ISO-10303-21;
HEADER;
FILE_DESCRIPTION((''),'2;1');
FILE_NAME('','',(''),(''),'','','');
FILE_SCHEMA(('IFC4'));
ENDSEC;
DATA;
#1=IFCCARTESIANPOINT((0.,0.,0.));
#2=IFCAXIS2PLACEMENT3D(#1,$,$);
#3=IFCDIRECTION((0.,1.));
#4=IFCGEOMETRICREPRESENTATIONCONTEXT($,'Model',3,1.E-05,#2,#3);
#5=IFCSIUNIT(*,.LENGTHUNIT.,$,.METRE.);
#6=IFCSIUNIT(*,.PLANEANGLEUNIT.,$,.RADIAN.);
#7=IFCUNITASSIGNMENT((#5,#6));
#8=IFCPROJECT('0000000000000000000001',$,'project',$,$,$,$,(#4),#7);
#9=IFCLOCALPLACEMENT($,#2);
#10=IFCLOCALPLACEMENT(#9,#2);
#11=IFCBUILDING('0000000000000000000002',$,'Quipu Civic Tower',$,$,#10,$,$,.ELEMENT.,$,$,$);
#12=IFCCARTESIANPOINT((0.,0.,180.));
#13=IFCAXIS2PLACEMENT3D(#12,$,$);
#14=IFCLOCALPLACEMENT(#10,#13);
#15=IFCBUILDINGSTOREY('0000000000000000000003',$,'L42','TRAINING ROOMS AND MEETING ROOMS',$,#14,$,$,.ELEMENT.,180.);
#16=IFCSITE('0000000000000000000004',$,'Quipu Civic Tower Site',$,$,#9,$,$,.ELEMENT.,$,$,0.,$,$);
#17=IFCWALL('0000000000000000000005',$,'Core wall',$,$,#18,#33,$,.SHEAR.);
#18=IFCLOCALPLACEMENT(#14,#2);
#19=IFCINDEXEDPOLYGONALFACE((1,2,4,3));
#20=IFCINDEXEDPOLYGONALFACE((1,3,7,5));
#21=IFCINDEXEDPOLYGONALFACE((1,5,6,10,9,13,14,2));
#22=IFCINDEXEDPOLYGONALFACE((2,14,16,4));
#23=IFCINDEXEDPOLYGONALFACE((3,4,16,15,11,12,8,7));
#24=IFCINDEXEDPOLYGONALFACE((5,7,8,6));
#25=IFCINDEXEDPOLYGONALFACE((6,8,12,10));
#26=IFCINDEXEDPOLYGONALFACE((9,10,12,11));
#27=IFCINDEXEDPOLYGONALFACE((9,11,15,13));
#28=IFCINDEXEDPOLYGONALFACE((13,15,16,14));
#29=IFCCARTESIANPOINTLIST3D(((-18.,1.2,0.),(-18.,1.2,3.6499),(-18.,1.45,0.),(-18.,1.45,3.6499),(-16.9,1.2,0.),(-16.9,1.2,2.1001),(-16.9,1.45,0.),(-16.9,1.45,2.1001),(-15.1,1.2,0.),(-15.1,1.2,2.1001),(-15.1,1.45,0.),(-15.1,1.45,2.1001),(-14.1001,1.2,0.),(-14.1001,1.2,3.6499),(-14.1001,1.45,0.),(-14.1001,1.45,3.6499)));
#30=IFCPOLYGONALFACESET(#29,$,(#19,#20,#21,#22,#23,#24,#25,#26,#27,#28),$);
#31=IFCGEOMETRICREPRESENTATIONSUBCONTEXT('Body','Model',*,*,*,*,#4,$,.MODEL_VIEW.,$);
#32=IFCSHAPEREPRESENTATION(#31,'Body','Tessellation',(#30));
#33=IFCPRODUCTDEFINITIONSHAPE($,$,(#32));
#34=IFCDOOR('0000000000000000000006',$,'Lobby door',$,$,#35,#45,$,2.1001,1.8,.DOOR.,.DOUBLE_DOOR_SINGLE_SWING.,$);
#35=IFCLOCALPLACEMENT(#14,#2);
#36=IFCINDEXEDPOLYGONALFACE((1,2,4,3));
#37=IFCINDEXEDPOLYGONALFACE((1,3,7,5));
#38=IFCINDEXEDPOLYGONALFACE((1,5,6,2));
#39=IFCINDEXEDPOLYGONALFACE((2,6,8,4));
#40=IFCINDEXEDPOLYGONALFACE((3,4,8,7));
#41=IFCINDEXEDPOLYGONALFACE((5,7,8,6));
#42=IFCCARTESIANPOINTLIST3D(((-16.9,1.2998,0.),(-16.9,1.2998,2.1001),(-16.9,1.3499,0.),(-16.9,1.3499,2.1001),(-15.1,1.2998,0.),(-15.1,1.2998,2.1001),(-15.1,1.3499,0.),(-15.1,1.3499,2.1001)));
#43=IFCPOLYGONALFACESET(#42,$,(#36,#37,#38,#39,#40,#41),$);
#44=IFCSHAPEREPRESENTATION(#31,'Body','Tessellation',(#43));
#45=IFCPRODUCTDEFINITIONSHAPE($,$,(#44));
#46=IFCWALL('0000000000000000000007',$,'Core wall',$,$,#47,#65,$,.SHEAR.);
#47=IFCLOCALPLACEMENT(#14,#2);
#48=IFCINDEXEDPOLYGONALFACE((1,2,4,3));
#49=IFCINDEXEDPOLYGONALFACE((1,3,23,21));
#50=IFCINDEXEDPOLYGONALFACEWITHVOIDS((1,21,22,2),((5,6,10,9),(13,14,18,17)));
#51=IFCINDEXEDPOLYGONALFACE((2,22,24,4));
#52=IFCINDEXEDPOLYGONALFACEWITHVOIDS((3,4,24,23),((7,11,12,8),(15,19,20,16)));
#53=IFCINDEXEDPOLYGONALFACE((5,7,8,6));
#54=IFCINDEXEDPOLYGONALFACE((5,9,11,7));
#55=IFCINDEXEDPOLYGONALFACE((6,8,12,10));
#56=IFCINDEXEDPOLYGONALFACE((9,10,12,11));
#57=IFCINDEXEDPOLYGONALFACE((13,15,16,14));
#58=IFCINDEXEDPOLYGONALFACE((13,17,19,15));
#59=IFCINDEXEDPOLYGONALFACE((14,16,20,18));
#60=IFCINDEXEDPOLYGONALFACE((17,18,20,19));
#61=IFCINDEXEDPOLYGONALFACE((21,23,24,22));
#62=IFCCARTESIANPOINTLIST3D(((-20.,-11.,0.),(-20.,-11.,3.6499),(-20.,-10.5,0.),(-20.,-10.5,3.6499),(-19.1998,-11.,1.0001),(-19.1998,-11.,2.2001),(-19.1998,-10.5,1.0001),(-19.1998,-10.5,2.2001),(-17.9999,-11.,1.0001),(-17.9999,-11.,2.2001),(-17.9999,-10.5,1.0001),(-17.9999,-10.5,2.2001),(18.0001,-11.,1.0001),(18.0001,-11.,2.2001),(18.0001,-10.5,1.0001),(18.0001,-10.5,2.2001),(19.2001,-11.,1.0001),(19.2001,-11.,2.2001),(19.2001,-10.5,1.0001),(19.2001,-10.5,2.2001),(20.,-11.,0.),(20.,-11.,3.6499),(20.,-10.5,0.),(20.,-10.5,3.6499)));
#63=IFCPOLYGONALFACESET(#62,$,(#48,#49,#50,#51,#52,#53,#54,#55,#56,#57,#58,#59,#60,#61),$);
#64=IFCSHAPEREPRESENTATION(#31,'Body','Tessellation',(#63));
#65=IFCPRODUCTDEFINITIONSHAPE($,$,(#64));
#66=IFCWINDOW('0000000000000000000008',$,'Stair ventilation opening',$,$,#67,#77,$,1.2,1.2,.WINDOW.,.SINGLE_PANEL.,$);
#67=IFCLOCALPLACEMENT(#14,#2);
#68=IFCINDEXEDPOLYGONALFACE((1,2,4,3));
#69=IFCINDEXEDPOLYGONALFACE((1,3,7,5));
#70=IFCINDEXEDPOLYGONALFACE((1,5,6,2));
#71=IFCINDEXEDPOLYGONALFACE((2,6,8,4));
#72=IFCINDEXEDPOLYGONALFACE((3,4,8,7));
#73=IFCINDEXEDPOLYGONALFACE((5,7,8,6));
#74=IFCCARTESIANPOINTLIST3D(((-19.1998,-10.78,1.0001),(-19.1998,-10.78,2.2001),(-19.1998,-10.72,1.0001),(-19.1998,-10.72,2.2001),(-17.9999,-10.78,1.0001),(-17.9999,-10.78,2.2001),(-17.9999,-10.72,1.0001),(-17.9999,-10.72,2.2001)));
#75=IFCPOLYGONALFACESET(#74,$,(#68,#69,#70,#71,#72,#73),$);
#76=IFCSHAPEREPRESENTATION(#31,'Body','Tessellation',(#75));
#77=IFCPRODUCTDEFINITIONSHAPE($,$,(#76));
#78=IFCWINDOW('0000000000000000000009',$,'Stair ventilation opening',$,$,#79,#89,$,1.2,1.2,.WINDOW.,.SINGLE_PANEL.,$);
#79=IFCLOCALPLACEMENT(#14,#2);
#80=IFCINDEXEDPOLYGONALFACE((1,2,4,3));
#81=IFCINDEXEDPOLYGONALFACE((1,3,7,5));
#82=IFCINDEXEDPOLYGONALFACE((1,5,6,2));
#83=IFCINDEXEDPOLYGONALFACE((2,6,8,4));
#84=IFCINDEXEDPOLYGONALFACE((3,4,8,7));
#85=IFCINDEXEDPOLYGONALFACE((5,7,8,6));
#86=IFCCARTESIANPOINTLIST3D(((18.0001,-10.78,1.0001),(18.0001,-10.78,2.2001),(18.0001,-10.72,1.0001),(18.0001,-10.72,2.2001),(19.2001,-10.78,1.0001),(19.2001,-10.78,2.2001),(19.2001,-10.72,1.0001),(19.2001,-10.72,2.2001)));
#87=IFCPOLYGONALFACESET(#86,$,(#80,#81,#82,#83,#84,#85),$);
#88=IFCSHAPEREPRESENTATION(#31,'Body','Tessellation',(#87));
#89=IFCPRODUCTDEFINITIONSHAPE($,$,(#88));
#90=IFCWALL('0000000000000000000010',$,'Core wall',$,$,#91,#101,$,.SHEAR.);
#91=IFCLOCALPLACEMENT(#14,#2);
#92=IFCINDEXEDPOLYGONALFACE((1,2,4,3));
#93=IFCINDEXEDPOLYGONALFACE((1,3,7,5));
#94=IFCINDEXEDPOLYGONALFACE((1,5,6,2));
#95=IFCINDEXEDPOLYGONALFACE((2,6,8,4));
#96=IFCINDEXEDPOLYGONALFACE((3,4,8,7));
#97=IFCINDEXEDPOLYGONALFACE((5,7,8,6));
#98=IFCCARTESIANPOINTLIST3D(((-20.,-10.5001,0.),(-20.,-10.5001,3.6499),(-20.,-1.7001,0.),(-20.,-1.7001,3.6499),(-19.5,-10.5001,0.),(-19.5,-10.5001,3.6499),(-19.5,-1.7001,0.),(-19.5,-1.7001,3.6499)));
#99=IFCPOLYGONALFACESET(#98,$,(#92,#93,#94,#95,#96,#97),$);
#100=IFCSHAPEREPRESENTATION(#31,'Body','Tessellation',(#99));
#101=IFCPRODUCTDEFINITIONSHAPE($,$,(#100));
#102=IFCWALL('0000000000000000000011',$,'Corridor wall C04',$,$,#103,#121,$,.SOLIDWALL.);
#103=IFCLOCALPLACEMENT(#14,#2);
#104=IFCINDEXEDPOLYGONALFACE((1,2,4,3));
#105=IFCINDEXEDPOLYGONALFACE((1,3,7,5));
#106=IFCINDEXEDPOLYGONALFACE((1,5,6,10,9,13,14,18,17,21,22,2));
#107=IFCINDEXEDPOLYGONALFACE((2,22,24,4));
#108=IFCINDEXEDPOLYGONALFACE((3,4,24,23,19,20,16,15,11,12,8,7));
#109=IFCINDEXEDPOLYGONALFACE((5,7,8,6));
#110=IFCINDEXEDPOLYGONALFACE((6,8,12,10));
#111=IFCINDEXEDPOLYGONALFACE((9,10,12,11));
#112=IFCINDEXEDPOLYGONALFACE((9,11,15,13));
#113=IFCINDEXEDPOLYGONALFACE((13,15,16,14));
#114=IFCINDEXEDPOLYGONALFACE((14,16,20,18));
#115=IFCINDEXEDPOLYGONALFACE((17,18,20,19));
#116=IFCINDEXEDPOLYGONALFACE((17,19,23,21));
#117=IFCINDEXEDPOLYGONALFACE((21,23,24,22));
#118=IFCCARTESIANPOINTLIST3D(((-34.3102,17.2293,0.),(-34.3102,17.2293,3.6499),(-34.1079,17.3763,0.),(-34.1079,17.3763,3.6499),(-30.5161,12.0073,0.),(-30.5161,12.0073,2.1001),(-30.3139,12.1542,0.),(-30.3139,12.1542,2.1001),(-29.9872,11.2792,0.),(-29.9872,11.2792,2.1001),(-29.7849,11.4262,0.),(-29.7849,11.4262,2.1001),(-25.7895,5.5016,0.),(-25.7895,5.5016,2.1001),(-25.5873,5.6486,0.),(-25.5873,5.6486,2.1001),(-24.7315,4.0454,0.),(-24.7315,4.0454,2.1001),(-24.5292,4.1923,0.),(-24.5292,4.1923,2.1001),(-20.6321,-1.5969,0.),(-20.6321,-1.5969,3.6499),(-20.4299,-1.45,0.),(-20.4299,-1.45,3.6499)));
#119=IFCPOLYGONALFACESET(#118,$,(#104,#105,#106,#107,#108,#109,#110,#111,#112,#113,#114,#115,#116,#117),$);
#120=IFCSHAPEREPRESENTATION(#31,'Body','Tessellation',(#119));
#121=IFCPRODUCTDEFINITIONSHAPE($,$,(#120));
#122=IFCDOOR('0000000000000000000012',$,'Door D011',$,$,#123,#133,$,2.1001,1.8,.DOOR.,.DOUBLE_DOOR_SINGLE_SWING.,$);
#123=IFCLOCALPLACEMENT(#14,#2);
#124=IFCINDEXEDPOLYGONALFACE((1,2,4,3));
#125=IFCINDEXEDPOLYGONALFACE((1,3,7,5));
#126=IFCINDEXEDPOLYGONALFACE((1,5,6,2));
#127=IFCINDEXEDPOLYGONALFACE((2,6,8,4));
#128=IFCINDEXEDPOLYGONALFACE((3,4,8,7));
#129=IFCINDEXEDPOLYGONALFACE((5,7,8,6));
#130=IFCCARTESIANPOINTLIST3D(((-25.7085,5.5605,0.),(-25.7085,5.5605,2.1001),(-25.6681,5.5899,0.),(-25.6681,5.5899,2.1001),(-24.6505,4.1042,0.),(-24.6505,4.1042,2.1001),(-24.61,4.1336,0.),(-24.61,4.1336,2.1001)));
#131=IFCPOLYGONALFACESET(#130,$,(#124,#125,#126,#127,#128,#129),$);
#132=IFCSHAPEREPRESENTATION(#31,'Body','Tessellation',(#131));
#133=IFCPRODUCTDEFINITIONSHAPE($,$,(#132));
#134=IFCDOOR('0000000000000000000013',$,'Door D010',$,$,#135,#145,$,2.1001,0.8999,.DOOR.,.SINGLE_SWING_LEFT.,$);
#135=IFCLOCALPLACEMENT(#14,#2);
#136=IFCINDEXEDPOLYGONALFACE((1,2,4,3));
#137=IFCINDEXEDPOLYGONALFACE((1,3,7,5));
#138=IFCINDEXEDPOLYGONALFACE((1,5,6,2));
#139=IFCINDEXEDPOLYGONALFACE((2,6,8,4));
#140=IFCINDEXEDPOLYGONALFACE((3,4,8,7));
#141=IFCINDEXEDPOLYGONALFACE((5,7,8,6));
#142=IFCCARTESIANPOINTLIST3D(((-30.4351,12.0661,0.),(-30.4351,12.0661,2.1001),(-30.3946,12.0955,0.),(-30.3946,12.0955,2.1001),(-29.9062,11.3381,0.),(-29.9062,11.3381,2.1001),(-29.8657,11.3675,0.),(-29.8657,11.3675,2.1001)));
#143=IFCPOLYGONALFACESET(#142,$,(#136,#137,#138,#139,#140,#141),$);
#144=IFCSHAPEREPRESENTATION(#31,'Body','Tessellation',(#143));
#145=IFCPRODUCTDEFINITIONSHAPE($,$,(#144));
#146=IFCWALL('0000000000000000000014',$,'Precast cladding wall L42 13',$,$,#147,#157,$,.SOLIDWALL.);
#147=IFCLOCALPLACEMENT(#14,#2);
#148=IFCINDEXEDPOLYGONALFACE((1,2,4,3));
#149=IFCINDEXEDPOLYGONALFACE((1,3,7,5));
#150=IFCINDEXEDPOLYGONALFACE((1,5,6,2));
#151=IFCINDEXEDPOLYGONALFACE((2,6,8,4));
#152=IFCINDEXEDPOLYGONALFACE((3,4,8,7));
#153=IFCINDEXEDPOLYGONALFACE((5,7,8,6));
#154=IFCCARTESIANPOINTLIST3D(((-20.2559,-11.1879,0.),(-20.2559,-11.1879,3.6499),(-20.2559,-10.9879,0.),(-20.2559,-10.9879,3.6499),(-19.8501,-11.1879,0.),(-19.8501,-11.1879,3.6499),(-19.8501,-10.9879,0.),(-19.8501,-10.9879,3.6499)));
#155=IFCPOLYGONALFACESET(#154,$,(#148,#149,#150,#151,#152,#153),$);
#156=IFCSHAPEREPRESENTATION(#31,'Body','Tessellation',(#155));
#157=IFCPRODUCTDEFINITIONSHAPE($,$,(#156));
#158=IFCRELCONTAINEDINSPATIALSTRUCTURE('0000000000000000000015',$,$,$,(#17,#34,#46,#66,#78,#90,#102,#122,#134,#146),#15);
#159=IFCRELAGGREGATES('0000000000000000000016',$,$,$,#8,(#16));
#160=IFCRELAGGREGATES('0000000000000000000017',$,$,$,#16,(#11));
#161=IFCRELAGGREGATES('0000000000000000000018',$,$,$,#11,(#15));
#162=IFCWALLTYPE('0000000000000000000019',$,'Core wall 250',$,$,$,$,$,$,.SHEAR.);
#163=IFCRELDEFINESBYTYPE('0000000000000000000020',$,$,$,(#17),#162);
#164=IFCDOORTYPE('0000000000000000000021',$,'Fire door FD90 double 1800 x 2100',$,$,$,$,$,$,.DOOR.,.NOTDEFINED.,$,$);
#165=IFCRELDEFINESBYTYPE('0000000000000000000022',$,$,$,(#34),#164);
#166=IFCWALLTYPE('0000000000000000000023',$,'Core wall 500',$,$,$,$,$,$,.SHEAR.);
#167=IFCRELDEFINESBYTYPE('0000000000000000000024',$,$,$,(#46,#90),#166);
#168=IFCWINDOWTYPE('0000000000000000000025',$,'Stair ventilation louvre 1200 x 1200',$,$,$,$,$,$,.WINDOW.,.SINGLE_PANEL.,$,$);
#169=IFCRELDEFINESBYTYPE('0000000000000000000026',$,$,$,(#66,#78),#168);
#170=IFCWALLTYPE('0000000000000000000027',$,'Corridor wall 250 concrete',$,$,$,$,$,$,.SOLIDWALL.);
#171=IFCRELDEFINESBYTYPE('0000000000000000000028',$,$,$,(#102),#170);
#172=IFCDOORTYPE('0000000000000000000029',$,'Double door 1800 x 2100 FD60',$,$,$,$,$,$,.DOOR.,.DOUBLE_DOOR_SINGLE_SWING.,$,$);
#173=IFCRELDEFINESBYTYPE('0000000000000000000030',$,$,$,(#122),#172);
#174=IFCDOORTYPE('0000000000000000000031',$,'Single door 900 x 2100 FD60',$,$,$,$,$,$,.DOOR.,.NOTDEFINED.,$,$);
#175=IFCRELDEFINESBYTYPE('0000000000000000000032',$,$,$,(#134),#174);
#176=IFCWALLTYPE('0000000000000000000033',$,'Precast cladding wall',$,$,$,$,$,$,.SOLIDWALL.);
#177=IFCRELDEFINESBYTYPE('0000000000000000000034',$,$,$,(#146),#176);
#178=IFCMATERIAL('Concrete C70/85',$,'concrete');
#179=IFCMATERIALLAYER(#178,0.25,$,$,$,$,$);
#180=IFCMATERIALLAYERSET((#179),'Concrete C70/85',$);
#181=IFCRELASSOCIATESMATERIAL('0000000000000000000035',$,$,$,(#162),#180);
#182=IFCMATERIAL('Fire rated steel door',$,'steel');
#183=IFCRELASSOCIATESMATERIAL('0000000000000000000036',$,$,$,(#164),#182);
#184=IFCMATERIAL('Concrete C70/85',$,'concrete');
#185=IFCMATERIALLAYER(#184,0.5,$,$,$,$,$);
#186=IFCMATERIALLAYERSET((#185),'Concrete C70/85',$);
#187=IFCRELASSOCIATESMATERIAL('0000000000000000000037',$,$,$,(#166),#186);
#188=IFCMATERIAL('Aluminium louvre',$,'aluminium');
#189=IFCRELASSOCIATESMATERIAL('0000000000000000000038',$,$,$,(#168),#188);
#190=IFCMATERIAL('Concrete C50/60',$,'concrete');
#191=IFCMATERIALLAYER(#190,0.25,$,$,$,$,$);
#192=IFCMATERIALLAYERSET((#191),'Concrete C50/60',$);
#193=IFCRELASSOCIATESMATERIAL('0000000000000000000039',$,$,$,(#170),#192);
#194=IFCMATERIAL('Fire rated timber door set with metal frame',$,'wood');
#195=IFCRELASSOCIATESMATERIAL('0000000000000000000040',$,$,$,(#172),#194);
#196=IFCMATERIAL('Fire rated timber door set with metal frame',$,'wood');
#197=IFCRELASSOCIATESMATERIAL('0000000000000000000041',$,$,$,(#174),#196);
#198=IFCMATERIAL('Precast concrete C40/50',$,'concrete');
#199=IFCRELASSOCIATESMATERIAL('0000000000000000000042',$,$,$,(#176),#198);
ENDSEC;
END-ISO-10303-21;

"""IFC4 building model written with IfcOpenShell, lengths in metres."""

from ifc_helpers import new_model, si_unit, direction, frame, frame_2d, origin, place, context, subcontext, project, spatial, rectangle, extrude, material, layer, layer_set, type_object, element, fill, save


model = new_model("IFC4")

# Units and contexts
model_context = context("Model", 3, precision=1e-05, world=origin(), true_north=direction((0.0, 1.0)))
body_context = subcontext(model_context, "Body", "Model", "MODEL_VIEW")
ifc_project = project(units=[si_unit("LENGTHUNIT", "METRE"), si_unit("PLANEANGLEUNIT", "RADIAN")], contexts=[model_context])

# Site, building, storey
site_placement = place(None, origin())
site = spatial("IfcSite", under=ifc_project, at=site_placement, Name="Quipu Civic Tower Site", CompositionType="ELEMENT", RefElevation=0.0)
building_placement = place(site_placement, origin())
building = spatial("IfcBuilding", under=site, at=building_placement, Name="Quipu Civic Tower", CompositionType="ELEMENT")
storey_placement = place(building_placement, frame((0.0, 0.0, 180.0)))
storey = spatial("IfcBuildingStorey", under=building, at=storey_placement, Name="L42", Description="TRAINING ROOMS AND MEETING ROOMS", CompositionType="ELEMENT", Elevation=180.0)

# Shared definitions
ifc_material_1 = material(Name="Concrete C70/85", Category="concrete")
ifc_layer_1 = layer(ifc_material_1, 0.25)
ifc_layer_set_1 = layer_set([ifc_layer_1], Name="Concrete C70/85")
wall_type_1 = type_object("IfcWallType", Name="Core wall 250", PredefinedType="SHEAR", material=ifc_layer_set_1)

# Wall, opening, door
wall_1_placement = place(storey_placement, frame((-18.0, 1.325, 0.0), z_axis=(0.0, 0.0, 1.0), x_axis=(1.0, 0.0, 0.0)))
wall_1 = element("IfcWall", 1, at=wall_1_placement, inside=storey, type_object=wall_type_1, Name="Core wall", PredefinedType="SHEAR", context=body_context, shape_type="SweptSolid", body=[
    extrude(rectangle(XDim=3.8999, YDim=0.25, at=frame_2d((1.95, 0.0))), origin(), (0.0, 0.0, 1.0), 3.6499),
])
opening_1_placement = place(wall_1_placement, frame((1.1001, 0.0, 0.0)))
opening_1 = element("IfcOpeningElement", 2, at=opening_1_placement, cuts=wall_1, PredefinedType="OPENING", context=body_context, shape_type="SweptSolid", body=[
    extrude(rectangle(XDim=1.8, YDim=2.1001, at=frame_2d((0.8999, 1.05))), frame((0.0, 0.135, 0.0), z_axis=(0.0, -1.0, 0.0), x_axis=(1.0, 0.0, 0.0)), (0.0, 0.0, 1.0), 0.27),
])
ifc_material_2 = material(Name="Fire rated steel door", Category="steel")
door_type_1 = type_object("IfcDoorType", Name="Fire door FD90 double 1800 x 2100", OperationType="NOTDEFINED", PredefinedType="DOOR", material=ifc_material_2)
door_1_placement = place(opening_1_placement, origin())
door_1 = element("IfcDoor", 3, at=door_1_placement, inside=storey, type_object=door_type_1, Name="Lobby door", OperationType="DOUBLE_DOOR_SINGLE_SWING", OverallHeight=2.1001, OverallWidth=1.8, PredefinedType="DOOR", context=body_context, shape_type="SweptSolid", body=[
    extrude(rectangle(XDim=1.8, YDim=2.1001, at=frame_2d((0.8999, 1.05))), frame((0.0, 0.0249, 0.0), z_axis=(0.0, -1.0, 0.0), x_axis=(1.0, 0.0, 0.0)), (0.0, 0.0, 1.0), 0.05),
])
fill(opening_1, door_1)

# Wall, openings, windows
ifc_material_3 = material(Name="Concrete C70/85", Category="concrete")
ifc_layer_2 = layer(ifc_material_3, 0.5)
ifc_layer_set_2 = layer_set([ifc_layer_2], Name="Concrete C70/85")
wall_type_2 = type_object("IfcWallType", Name="Core wall 500", PredefinedType="SHEAR", material=ifc_layer_set_2)
wall_2_placement = place(storey_placement, frame((-20.0, -10.75, 0.0), z_axis=(0.0, 0.0, 1.0), x_axis=(1.0, 0.0, 0.0)))
wall_2 = element("IfcWall", 4, at=wall_2_placement, inside=storey, type_object=wall_type_2, Name="Core wall", PredefinedType="SHEAR", context=body_context, shape_type="SweptSolid", body=[
    extrude(rectangle(XDim=40.0, YDim=0.5, at=frame_2d((20.0, 0.0))), origin(), (0.0, 0.0, 1.0), 3.6499),
])
opening_2_placement = place(wall_2_placement, frame((0.8, 0.0, 1.0)))
opening_2 = element("IfcOpeningElement", 5, at=opening_2_placement, cuts=wall_2, PredefinedType="OPENING", context=body_context, shape_type="SweptSolid", body=[
    extrude(rectangle(XDim=1.2, YDim=1.2, at=frame_2d((0.6001, 0.6001))), frame((0.0, 0.26, 0.0), z_axis=(0.0, -1.0, 0.0), x_axis=(1.0, 0.0, 0.0)), (0.0, 0.0, 1.0), 0.52),
])
opening_3_placement = place(wall_2_placement, frame((38.0, 0.0, 1.0)))
opening_3 = element("IfcOpeningElement", 6, at=opening_3_placement, cuts=wall_2, PredefinedType="OPENING", context=body_context, shape_type="SweptSolid", body=[
    extrude(rectangle(XDim=1.2, YDim=1.2, at=frame_2d((0.6001, 0.6001))), frame((0.0, 0.26, 0.0), z_axis=(0.0, -1.0, 0.0), x_axis=(1.0, 0.0, 0.0)), (0.0, 0.0, 1.0), 0.52),
])
ifc_material_4 = material(Name="Aluminium louvre", Category="aluminium")
window_type = type_object("IfcWindowType", Name="Stair ventilation louvre 1200 x 1200", PartitioningType="SINGLE_PANEL", PredefinedType="WINDOW", material=ifc_material_4)
window_1_placement = place(opening_2_placement, origin())
window_1 = element("IfcWindow", 7, at=window_1_placement, inside=storey, type_object=window_type, Name="Stair ventilation opening", OverallHeight=1.2, OverallWidth=1.2, PartitioningType="SINGLE_PANEL", PredefinedType="WINDOW", context=body_context, shape_type="SweptSolid", body=[
    extrude(rectangle(XDim=1.2, YDim=1.2, at=frame_2d((0.6001, 0.6001))), frame((0.0, 0.03, 0.0), z_axis=(0.0, -1.0, 0.0), x_axis=(1.0, 0.0, 0.0)), (0.0, 0.0, 1.0), 0.0601),
])
fill(opening_2, window_1)
window_2_placement = place(opening_3_placement, origin())
window_2 = element("IfcWindow", 8, at=window_2_placement, inside=storey, type_object=window_type, Name="Stair ventilation opening", OverallHeight=1.2, OverallWidth=1.2, PartitioningType="SINGLE_PANEL", PredefinedType="WINDOW", context=body_context, shape_type="SweptSolid", body=[
    extrude(rectangle(XDim=1.2, YDim=1.2, at=frame_2d((0.6001, 0.6001))), frame((0.0, 0.03, 0.0), z_axis=(0.0, -1.0, 0.0), x_axis=(1.0, 0.0, 0.0)), (0.0, 0.0, 1.0), 0.0601),
])
fill(opening_3, window_2)

# Wall
wall_3_placement = place(storey_placement, frame((-19.75, -10.5, 0.0), z_axis=(0.0, 0.0, 1.0), x_axis=(0.0, 1.0, 0.0)))
element("IfcWall", 9, at=wall_3_placement, inside=storey, type_object=wall_type_2, Name="Core wall", PredefinedType="SHEAR", context=body_context, shape_type="SweptSolid", body=[
    extrude(rectangle(XDim=8.8, YDim=0.5, at=frame_2d((4.3999, 0.0))), origin(), (0.0, 0.0, 1.0), 3.6499),
])

# Wall, openings, doors
ifc_material_5 = material(Name="Concrete C50/60", Category="concrete")
ifc_layer_3 = layer(ifc_material_5, 0.25)
ifc_layer_set_3 = layer_set([ifc_layer_3], Name="Concrete C50/60")
wall_type_3 = type_object("IfcWallType", Name="Corridor wall 250 concrete", PredefinedType="SOLIDWALL", material=ifc_layer_set_3)
wall_4_placement = place(storey_placement, frame((-20.531, -1.5234, 0.0), z_axis=(0.0, 0.0, 1.0), x_axis=(-0.587784, 0.809018, 0.0)))
wall_4 = element("IfcWall", 10, at=wall_4_placement, inside=storey, type_object=wall_type_3, Name="Corridor wall C04", PredefinedType="SOLIDWALL", context=body_context, shape_type="SweptSolid", body=[
    extrude(rectangle(XDim=23.2705, YDim=0.25, at=frame_2d((11.6353, 0.0))), origin(), (0.0, 0.0, 1.0), 3.6499),
])
opening_4_placement = place(wall_4_placement, frame((15.9158, 0.0, 0.0)))
opening_4 = element("IfcOpeningElement", 11, at=opening_4_placement, cuts=wall_4, PredefinedType="OPENING", context=body_context, shape_type="SweptSolid", body=[
    extrude(rectangle(XDim=0.8999, YDim=2.1001, at=frame_2d((0.45, 1.05))), frame((0.0, 0.135, 0.0), z_axis=(0.0, -1.0, 0.0), x_axis=(1.0, 0.0, 0.0)), (0.0, 0.0, 1.0), 0.27),
])
opening_5_placement = place(wall_4_placement, frame((6.9744, 0.0, 0.0)))
opening_5 = element("IfcOpeningElement", 12, at=opening_5_placement, cuts=wall_4, PredefinedType="OPENING", context=body_context, shape_type="SweptSolid", body=[
    extrude(rectangle(XDim=1.8, YDim=2.1001, at=frame_2d((0.8999, 1.05))), frame((0.0, 0.135, 0.0), z_axis=(0.0, -1.0, 0.0), x_axis=(1.0, 0.0, 0.0)), (0.0, 0.0, 1.0), 0.27),
])
ifc_material_6 = material(Name="Fire rated timber door set with metal frame", Category="wood")
door_type_2 = type_object("IfcDoorType", Name="Double door 1800 x 2100 FD60", OperationType="DOUBLE_DOOR_SINGLE_SWING", PredefinedType="DOOR", material=ifc_material_6)
door_2_placement = place(opening_5_placement, origin())
door_2 = element("IfcDoor", 13, at=door_2_placement, inside=storey, type_object=door_type_2, Name="Door D011", OperationType="DOUBLE_DOOR_SINGLE_SWING", OverallHeight=2.1001, OverallWidth=1.8, PredefinedType="DOOR", context=body_context, shape_type="SweptSolid", body=[
    extrude(rectangle(XDim=1.8, YDim=2.1001, at=frame_2d((0.8999, 1.05))), frame((0.0, 0.0249, 0.0), z_axis=(0.0, -1.0, 0.0), x_axis=(1.0, 0.0, 0.0)), (0.0, 0.0, 1.0), 0.05),
])
fill(opening_5, door_2)
ifc_material_7 = material(Name="Fire rated timber door set with metal frame", Category="wood")
door_type_3 = type_object("IfcDoorType", Name="Single door 900 x 2100 FD60", OperationType="NOTDEFINED", PredefinedType="DOOR", material=ifc_material_7)
door_3_placement = place(opening_4_placement, origin())
door_3 = element("IfcDoor", 14, at=door_3_placement, inside=storey, type_object=door_type_3, Name="Door D010", OperationType="SINGLE_SWING_LEFT", OverallHeight=2.1001, OverallWidth=0.8999, PredefinedType="DOOR", context=body_context, shape_type="SweptSolid", body=[
    extrude(rectangle(XDim=0.8999, YDim=2.1001, at=frame_2d((0.45, 1.05))), frame((0.0, 0.0249, 0.0), z_axis=(0.0, -1.0, 0.0), x_axis=(1.0, 0.0, 0.0)), (0.0, 0.0, 1.0), 0.05),
])
fill(opening_4, door_3)

# Wall
ifc_material_8 = material(Name="Precast concrete C40/50", Category="concrete")
wall_type_4 = type_object("IfcWallType", Name="Precast cladding wall", PredefinedType="SOLIDWALL", material=ifc_material_8)
wall_5_placement = place(storey_placement, frame((-20.2559, -11.0879, 0.0), z_axis=(0.0, 0.0, 1.0), x_axis=(1.0, 0.0, 0.0)))
element("IfcWall", 15, at=wall_5_placement, inside=storey, type_object=wall_type_4, Name="Precast cladding wall L42 13", PredefinedType="SOLIDWALL", context=body_context, shape_type="SweptSolid", body=[
    extrude(rectangle(XDim=0.4058, YDim=0.2, at=frame_2d((0.2029, 0.0))), origin(), (0.0, 0.0, 1.0), 3.6499),
])

save(model, "model.ifc")
